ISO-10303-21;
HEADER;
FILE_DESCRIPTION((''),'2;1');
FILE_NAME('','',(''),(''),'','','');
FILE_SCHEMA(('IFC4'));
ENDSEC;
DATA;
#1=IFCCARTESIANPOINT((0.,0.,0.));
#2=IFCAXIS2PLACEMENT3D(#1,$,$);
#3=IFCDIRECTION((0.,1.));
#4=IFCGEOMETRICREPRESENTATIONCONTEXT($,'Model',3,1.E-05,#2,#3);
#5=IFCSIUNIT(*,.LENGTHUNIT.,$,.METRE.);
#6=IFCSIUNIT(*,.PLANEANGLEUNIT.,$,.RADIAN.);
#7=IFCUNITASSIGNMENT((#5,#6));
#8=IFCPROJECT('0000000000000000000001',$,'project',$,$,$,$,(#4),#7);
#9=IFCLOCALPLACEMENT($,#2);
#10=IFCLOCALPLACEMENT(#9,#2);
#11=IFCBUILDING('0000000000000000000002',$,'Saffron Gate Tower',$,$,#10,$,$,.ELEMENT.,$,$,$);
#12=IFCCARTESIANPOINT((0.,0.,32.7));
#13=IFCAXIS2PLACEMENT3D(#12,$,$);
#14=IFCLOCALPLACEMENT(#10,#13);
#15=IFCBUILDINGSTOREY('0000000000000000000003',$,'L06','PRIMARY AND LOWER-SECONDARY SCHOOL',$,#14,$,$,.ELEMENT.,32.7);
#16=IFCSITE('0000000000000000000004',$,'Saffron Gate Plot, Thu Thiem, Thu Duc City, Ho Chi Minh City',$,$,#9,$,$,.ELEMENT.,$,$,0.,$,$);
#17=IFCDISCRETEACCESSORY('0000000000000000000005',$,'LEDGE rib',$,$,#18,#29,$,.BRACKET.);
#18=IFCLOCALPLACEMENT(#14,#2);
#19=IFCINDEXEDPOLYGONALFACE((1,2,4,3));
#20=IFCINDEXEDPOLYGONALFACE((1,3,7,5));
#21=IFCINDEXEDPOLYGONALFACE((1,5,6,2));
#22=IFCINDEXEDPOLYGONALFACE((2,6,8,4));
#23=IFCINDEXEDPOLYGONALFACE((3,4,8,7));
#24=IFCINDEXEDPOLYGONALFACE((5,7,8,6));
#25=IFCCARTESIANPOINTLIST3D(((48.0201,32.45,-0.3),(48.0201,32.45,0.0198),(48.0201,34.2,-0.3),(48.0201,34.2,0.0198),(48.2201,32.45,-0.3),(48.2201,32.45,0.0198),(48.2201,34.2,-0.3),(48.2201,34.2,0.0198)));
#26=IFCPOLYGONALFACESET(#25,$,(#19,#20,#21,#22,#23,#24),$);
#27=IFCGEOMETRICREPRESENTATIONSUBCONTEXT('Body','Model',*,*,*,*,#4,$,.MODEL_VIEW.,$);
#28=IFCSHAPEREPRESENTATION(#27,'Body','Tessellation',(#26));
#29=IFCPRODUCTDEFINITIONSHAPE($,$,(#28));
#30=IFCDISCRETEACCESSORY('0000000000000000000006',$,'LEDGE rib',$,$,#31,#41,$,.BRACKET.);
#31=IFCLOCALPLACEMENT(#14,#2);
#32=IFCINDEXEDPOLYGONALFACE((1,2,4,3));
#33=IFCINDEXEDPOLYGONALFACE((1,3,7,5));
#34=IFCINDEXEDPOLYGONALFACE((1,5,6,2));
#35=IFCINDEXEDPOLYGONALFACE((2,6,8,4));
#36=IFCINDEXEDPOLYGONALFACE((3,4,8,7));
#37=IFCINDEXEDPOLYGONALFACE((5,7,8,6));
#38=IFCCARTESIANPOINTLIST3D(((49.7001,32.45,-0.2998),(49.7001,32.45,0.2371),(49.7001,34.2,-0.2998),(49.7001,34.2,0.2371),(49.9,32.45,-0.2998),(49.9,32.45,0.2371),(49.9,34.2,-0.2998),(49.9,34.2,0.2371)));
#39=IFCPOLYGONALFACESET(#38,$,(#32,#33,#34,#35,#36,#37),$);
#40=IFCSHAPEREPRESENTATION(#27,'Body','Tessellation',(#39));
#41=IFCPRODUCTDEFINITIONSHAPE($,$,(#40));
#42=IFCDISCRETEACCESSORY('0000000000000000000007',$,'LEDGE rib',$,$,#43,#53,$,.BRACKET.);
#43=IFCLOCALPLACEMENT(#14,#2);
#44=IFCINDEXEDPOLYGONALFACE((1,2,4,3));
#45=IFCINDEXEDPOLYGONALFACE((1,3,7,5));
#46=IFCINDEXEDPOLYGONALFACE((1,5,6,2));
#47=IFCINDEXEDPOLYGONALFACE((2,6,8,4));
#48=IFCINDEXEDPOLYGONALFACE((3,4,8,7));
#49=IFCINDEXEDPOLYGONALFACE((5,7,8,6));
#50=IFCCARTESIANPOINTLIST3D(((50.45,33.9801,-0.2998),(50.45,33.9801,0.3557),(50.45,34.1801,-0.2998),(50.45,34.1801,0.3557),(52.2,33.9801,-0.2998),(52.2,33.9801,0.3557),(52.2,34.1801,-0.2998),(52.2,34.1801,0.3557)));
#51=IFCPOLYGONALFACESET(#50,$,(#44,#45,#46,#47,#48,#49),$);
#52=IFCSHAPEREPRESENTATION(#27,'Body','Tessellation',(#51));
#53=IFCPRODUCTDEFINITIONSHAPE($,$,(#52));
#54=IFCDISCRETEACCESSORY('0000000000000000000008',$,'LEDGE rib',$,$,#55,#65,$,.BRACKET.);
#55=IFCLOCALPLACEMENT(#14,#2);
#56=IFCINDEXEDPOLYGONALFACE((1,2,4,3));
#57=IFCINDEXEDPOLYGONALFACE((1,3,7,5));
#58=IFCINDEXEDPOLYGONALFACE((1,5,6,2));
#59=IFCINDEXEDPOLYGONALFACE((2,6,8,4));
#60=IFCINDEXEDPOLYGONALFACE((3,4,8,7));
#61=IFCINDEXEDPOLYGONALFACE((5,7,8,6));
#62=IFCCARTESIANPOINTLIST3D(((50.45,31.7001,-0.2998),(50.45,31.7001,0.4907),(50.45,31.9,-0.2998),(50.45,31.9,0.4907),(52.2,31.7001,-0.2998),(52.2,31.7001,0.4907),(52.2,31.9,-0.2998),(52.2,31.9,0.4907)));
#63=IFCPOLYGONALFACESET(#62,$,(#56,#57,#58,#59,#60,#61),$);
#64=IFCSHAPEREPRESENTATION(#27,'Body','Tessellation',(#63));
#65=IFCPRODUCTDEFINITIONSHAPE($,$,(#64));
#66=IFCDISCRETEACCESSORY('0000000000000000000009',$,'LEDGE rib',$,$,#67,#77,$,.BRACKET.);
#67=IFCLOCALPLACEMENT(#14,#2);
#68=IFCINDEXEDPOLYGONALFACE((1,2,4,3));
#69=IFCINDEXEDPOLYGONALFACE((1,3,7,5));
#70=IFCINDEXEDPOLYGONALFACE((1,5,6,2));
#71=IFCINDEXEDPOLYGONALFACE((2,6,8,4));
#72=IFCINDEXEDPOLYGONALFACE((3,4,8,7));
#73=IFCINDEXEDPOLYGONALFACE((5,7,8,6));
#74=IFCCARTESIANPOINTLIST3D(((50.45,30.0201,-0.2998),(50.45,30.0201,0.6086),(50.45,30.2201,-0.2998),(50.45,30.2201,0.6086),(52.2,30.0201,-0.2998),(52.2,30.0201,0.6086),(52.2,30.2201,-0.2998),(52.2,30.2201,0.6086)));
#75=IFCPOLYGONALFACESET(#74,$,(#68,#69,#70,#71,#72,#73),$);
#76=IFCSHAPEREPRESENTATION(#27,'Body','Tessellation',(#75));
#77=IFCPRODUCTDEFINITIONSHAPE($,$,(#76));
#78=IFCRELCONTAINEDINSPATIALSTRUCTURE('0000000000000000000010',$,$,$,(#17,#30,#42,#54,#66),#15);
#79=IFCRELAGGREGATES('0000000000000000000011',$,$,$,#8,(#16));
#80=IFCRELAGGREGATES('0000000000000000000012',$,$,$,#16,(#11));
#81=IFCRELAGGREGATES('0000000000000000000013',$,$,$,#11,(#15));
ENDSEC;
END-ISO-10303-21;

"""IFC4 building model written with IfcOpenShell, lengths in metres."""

from ifc_helpers import new_model, si_unit, direction, frame, origin, origin_2d, place, context, subcontext, project, spatial, rectangle, extrude, element, save


model = new_model("IFC4")

# Units and contexts
model_context = context("Model", 3, precision=1e-05, world=origin(), true_north=direction((0.0, 1.0)))
body_context = subcontext(model_context, "Body", "Model", "MODEL_VIEW")
ifc_project = project(units=[si_unit("LENGTHUNIT", "METRE"), si_unit("PLANEANGLEUNIT", "RADIAN")], contexts=[model_context])

# Site, building, storey
site_placement = place(None, origin())
site = spatial("IfcSite", under=ifc_project, at=site_placement, Name="Saffron Gate Plot, Thu Thiem, Thu Duc City, Ho Chi Minh City", CompositionType="ELEMENT", RefElevation=0.0)
building_placement = place(site_placement, origin())
building = spatial("IfcBuilding", under=site, at=building_placement, Name="Saffron Gate Tower", CompositionType="ELEMENT")
storey_placement = place(building_placement, frame((0.0, 0.0, 32.7)))
storey = spatial("IfcBuildingStorey", under=building, at=storey_placement, Name="L06", Description="PRIMARY AND LOWER-SECONDARY SCHOOL", CompositionType="ELEMENT", Elevation=32.7)

# Discrete accessories
discrete_accessory_1_placement = place(storey_placement, frame((48.1201, 33.325, -0.3), z_axis=(0.0, 0.0, 1.0), x_axis=(1.0, 0.0, 0.0)))
element("IfcDiscreteAccessory", 1, at=discrete_accessory_1_placement, inside=storey, Name="LEDGE rib", PredefinedType="BRACKET", context=body_context, shape_type="SweptSolid", body=[
    extrude(rectangle(XDim=0.2, YDim=1.75, at=origin_2d()), origin(), (0.0, 0.0, 1.0), 0.3198),
])
discrete_accessory_2_placement = place(storey_placement, frame((49.8, 33.325, -0.2998), z_axis=(0.0, 0.0, 1.0), x_axis=(1.0, 0.0, 0.0)))
element("IfcDiscreteAccessory", 2, at=discrete_accessory_2_placement, inside=storey, Name="LEDGE rib", PredefinedType="BRACKET", context=body_context, shape_type="SweptSolid", body=[
    extrude(rectangle(XDim=0.2, YDim=1.75, at=origin_2d()), origin(), (0.0, 0.0, 1.0), 0.5369),
])
discrete_accessory_3_placement = place(storey_placement, frame((51.325, 34.0801, -0.2998), z_axis=(0.0, 0.0, 1.0), x_axis=(0.0, -1.0, 0.0)))
element("IfcDiscreteAccessory", 3, at=discrete_accessory_3_placement, inside=storey, Name="LEDGE rib", PredefinedType="BRACKET", context=body_context, shape_type="SweptSolid", body=[
    extrude(rectangle(XDim=0.2, YDim=1.75, at=origin_2d()), origin(), (0.0, 0.0, 1.0), 0.6555),
])
discrete_accessory_4_placement = place(storey_placement, frame((51.325, 31.8, -0.2998), z_axis=(0.0, 0.0, 1.0), x_axis=(0.0, -1.0, 0.0)))
element("IfcDiscreteAccessory", 4, at=discrete_accessory_4_placement, inside=storey, Name="LEDGE rib", PredefinedType="BRACKET", context=body_context, shape_type="SweptSolid", body=[
    extrude(rectangle(XDim=0.2, YDim=1.75, at=origin_2d()), origin(), (0.0, 0.0, 1.0), 0.7905),
])
discrete_accessory_5_placement = place(storey_placement, frame((51.325, 30.1201, -0.2998), z_axis=(0.0, 0.0, 1.0), x_axis=(0.0, -1.0, 0.0)))
element("IfcDiscreteAccessory", 5, at=discrete_accessory_5_placement, inside=storey, Name="LEDGE rib", PredefinedType="BRACKET", context=body_context, shape_type="SweptSolid", body=[
    extrude(rectangle(XDim=0.2, YDim=1.75, at=origin_2d()), origin(), (0.0, 0.0, 1.0), 0.9084),
])

save(model, "model.ifc")
